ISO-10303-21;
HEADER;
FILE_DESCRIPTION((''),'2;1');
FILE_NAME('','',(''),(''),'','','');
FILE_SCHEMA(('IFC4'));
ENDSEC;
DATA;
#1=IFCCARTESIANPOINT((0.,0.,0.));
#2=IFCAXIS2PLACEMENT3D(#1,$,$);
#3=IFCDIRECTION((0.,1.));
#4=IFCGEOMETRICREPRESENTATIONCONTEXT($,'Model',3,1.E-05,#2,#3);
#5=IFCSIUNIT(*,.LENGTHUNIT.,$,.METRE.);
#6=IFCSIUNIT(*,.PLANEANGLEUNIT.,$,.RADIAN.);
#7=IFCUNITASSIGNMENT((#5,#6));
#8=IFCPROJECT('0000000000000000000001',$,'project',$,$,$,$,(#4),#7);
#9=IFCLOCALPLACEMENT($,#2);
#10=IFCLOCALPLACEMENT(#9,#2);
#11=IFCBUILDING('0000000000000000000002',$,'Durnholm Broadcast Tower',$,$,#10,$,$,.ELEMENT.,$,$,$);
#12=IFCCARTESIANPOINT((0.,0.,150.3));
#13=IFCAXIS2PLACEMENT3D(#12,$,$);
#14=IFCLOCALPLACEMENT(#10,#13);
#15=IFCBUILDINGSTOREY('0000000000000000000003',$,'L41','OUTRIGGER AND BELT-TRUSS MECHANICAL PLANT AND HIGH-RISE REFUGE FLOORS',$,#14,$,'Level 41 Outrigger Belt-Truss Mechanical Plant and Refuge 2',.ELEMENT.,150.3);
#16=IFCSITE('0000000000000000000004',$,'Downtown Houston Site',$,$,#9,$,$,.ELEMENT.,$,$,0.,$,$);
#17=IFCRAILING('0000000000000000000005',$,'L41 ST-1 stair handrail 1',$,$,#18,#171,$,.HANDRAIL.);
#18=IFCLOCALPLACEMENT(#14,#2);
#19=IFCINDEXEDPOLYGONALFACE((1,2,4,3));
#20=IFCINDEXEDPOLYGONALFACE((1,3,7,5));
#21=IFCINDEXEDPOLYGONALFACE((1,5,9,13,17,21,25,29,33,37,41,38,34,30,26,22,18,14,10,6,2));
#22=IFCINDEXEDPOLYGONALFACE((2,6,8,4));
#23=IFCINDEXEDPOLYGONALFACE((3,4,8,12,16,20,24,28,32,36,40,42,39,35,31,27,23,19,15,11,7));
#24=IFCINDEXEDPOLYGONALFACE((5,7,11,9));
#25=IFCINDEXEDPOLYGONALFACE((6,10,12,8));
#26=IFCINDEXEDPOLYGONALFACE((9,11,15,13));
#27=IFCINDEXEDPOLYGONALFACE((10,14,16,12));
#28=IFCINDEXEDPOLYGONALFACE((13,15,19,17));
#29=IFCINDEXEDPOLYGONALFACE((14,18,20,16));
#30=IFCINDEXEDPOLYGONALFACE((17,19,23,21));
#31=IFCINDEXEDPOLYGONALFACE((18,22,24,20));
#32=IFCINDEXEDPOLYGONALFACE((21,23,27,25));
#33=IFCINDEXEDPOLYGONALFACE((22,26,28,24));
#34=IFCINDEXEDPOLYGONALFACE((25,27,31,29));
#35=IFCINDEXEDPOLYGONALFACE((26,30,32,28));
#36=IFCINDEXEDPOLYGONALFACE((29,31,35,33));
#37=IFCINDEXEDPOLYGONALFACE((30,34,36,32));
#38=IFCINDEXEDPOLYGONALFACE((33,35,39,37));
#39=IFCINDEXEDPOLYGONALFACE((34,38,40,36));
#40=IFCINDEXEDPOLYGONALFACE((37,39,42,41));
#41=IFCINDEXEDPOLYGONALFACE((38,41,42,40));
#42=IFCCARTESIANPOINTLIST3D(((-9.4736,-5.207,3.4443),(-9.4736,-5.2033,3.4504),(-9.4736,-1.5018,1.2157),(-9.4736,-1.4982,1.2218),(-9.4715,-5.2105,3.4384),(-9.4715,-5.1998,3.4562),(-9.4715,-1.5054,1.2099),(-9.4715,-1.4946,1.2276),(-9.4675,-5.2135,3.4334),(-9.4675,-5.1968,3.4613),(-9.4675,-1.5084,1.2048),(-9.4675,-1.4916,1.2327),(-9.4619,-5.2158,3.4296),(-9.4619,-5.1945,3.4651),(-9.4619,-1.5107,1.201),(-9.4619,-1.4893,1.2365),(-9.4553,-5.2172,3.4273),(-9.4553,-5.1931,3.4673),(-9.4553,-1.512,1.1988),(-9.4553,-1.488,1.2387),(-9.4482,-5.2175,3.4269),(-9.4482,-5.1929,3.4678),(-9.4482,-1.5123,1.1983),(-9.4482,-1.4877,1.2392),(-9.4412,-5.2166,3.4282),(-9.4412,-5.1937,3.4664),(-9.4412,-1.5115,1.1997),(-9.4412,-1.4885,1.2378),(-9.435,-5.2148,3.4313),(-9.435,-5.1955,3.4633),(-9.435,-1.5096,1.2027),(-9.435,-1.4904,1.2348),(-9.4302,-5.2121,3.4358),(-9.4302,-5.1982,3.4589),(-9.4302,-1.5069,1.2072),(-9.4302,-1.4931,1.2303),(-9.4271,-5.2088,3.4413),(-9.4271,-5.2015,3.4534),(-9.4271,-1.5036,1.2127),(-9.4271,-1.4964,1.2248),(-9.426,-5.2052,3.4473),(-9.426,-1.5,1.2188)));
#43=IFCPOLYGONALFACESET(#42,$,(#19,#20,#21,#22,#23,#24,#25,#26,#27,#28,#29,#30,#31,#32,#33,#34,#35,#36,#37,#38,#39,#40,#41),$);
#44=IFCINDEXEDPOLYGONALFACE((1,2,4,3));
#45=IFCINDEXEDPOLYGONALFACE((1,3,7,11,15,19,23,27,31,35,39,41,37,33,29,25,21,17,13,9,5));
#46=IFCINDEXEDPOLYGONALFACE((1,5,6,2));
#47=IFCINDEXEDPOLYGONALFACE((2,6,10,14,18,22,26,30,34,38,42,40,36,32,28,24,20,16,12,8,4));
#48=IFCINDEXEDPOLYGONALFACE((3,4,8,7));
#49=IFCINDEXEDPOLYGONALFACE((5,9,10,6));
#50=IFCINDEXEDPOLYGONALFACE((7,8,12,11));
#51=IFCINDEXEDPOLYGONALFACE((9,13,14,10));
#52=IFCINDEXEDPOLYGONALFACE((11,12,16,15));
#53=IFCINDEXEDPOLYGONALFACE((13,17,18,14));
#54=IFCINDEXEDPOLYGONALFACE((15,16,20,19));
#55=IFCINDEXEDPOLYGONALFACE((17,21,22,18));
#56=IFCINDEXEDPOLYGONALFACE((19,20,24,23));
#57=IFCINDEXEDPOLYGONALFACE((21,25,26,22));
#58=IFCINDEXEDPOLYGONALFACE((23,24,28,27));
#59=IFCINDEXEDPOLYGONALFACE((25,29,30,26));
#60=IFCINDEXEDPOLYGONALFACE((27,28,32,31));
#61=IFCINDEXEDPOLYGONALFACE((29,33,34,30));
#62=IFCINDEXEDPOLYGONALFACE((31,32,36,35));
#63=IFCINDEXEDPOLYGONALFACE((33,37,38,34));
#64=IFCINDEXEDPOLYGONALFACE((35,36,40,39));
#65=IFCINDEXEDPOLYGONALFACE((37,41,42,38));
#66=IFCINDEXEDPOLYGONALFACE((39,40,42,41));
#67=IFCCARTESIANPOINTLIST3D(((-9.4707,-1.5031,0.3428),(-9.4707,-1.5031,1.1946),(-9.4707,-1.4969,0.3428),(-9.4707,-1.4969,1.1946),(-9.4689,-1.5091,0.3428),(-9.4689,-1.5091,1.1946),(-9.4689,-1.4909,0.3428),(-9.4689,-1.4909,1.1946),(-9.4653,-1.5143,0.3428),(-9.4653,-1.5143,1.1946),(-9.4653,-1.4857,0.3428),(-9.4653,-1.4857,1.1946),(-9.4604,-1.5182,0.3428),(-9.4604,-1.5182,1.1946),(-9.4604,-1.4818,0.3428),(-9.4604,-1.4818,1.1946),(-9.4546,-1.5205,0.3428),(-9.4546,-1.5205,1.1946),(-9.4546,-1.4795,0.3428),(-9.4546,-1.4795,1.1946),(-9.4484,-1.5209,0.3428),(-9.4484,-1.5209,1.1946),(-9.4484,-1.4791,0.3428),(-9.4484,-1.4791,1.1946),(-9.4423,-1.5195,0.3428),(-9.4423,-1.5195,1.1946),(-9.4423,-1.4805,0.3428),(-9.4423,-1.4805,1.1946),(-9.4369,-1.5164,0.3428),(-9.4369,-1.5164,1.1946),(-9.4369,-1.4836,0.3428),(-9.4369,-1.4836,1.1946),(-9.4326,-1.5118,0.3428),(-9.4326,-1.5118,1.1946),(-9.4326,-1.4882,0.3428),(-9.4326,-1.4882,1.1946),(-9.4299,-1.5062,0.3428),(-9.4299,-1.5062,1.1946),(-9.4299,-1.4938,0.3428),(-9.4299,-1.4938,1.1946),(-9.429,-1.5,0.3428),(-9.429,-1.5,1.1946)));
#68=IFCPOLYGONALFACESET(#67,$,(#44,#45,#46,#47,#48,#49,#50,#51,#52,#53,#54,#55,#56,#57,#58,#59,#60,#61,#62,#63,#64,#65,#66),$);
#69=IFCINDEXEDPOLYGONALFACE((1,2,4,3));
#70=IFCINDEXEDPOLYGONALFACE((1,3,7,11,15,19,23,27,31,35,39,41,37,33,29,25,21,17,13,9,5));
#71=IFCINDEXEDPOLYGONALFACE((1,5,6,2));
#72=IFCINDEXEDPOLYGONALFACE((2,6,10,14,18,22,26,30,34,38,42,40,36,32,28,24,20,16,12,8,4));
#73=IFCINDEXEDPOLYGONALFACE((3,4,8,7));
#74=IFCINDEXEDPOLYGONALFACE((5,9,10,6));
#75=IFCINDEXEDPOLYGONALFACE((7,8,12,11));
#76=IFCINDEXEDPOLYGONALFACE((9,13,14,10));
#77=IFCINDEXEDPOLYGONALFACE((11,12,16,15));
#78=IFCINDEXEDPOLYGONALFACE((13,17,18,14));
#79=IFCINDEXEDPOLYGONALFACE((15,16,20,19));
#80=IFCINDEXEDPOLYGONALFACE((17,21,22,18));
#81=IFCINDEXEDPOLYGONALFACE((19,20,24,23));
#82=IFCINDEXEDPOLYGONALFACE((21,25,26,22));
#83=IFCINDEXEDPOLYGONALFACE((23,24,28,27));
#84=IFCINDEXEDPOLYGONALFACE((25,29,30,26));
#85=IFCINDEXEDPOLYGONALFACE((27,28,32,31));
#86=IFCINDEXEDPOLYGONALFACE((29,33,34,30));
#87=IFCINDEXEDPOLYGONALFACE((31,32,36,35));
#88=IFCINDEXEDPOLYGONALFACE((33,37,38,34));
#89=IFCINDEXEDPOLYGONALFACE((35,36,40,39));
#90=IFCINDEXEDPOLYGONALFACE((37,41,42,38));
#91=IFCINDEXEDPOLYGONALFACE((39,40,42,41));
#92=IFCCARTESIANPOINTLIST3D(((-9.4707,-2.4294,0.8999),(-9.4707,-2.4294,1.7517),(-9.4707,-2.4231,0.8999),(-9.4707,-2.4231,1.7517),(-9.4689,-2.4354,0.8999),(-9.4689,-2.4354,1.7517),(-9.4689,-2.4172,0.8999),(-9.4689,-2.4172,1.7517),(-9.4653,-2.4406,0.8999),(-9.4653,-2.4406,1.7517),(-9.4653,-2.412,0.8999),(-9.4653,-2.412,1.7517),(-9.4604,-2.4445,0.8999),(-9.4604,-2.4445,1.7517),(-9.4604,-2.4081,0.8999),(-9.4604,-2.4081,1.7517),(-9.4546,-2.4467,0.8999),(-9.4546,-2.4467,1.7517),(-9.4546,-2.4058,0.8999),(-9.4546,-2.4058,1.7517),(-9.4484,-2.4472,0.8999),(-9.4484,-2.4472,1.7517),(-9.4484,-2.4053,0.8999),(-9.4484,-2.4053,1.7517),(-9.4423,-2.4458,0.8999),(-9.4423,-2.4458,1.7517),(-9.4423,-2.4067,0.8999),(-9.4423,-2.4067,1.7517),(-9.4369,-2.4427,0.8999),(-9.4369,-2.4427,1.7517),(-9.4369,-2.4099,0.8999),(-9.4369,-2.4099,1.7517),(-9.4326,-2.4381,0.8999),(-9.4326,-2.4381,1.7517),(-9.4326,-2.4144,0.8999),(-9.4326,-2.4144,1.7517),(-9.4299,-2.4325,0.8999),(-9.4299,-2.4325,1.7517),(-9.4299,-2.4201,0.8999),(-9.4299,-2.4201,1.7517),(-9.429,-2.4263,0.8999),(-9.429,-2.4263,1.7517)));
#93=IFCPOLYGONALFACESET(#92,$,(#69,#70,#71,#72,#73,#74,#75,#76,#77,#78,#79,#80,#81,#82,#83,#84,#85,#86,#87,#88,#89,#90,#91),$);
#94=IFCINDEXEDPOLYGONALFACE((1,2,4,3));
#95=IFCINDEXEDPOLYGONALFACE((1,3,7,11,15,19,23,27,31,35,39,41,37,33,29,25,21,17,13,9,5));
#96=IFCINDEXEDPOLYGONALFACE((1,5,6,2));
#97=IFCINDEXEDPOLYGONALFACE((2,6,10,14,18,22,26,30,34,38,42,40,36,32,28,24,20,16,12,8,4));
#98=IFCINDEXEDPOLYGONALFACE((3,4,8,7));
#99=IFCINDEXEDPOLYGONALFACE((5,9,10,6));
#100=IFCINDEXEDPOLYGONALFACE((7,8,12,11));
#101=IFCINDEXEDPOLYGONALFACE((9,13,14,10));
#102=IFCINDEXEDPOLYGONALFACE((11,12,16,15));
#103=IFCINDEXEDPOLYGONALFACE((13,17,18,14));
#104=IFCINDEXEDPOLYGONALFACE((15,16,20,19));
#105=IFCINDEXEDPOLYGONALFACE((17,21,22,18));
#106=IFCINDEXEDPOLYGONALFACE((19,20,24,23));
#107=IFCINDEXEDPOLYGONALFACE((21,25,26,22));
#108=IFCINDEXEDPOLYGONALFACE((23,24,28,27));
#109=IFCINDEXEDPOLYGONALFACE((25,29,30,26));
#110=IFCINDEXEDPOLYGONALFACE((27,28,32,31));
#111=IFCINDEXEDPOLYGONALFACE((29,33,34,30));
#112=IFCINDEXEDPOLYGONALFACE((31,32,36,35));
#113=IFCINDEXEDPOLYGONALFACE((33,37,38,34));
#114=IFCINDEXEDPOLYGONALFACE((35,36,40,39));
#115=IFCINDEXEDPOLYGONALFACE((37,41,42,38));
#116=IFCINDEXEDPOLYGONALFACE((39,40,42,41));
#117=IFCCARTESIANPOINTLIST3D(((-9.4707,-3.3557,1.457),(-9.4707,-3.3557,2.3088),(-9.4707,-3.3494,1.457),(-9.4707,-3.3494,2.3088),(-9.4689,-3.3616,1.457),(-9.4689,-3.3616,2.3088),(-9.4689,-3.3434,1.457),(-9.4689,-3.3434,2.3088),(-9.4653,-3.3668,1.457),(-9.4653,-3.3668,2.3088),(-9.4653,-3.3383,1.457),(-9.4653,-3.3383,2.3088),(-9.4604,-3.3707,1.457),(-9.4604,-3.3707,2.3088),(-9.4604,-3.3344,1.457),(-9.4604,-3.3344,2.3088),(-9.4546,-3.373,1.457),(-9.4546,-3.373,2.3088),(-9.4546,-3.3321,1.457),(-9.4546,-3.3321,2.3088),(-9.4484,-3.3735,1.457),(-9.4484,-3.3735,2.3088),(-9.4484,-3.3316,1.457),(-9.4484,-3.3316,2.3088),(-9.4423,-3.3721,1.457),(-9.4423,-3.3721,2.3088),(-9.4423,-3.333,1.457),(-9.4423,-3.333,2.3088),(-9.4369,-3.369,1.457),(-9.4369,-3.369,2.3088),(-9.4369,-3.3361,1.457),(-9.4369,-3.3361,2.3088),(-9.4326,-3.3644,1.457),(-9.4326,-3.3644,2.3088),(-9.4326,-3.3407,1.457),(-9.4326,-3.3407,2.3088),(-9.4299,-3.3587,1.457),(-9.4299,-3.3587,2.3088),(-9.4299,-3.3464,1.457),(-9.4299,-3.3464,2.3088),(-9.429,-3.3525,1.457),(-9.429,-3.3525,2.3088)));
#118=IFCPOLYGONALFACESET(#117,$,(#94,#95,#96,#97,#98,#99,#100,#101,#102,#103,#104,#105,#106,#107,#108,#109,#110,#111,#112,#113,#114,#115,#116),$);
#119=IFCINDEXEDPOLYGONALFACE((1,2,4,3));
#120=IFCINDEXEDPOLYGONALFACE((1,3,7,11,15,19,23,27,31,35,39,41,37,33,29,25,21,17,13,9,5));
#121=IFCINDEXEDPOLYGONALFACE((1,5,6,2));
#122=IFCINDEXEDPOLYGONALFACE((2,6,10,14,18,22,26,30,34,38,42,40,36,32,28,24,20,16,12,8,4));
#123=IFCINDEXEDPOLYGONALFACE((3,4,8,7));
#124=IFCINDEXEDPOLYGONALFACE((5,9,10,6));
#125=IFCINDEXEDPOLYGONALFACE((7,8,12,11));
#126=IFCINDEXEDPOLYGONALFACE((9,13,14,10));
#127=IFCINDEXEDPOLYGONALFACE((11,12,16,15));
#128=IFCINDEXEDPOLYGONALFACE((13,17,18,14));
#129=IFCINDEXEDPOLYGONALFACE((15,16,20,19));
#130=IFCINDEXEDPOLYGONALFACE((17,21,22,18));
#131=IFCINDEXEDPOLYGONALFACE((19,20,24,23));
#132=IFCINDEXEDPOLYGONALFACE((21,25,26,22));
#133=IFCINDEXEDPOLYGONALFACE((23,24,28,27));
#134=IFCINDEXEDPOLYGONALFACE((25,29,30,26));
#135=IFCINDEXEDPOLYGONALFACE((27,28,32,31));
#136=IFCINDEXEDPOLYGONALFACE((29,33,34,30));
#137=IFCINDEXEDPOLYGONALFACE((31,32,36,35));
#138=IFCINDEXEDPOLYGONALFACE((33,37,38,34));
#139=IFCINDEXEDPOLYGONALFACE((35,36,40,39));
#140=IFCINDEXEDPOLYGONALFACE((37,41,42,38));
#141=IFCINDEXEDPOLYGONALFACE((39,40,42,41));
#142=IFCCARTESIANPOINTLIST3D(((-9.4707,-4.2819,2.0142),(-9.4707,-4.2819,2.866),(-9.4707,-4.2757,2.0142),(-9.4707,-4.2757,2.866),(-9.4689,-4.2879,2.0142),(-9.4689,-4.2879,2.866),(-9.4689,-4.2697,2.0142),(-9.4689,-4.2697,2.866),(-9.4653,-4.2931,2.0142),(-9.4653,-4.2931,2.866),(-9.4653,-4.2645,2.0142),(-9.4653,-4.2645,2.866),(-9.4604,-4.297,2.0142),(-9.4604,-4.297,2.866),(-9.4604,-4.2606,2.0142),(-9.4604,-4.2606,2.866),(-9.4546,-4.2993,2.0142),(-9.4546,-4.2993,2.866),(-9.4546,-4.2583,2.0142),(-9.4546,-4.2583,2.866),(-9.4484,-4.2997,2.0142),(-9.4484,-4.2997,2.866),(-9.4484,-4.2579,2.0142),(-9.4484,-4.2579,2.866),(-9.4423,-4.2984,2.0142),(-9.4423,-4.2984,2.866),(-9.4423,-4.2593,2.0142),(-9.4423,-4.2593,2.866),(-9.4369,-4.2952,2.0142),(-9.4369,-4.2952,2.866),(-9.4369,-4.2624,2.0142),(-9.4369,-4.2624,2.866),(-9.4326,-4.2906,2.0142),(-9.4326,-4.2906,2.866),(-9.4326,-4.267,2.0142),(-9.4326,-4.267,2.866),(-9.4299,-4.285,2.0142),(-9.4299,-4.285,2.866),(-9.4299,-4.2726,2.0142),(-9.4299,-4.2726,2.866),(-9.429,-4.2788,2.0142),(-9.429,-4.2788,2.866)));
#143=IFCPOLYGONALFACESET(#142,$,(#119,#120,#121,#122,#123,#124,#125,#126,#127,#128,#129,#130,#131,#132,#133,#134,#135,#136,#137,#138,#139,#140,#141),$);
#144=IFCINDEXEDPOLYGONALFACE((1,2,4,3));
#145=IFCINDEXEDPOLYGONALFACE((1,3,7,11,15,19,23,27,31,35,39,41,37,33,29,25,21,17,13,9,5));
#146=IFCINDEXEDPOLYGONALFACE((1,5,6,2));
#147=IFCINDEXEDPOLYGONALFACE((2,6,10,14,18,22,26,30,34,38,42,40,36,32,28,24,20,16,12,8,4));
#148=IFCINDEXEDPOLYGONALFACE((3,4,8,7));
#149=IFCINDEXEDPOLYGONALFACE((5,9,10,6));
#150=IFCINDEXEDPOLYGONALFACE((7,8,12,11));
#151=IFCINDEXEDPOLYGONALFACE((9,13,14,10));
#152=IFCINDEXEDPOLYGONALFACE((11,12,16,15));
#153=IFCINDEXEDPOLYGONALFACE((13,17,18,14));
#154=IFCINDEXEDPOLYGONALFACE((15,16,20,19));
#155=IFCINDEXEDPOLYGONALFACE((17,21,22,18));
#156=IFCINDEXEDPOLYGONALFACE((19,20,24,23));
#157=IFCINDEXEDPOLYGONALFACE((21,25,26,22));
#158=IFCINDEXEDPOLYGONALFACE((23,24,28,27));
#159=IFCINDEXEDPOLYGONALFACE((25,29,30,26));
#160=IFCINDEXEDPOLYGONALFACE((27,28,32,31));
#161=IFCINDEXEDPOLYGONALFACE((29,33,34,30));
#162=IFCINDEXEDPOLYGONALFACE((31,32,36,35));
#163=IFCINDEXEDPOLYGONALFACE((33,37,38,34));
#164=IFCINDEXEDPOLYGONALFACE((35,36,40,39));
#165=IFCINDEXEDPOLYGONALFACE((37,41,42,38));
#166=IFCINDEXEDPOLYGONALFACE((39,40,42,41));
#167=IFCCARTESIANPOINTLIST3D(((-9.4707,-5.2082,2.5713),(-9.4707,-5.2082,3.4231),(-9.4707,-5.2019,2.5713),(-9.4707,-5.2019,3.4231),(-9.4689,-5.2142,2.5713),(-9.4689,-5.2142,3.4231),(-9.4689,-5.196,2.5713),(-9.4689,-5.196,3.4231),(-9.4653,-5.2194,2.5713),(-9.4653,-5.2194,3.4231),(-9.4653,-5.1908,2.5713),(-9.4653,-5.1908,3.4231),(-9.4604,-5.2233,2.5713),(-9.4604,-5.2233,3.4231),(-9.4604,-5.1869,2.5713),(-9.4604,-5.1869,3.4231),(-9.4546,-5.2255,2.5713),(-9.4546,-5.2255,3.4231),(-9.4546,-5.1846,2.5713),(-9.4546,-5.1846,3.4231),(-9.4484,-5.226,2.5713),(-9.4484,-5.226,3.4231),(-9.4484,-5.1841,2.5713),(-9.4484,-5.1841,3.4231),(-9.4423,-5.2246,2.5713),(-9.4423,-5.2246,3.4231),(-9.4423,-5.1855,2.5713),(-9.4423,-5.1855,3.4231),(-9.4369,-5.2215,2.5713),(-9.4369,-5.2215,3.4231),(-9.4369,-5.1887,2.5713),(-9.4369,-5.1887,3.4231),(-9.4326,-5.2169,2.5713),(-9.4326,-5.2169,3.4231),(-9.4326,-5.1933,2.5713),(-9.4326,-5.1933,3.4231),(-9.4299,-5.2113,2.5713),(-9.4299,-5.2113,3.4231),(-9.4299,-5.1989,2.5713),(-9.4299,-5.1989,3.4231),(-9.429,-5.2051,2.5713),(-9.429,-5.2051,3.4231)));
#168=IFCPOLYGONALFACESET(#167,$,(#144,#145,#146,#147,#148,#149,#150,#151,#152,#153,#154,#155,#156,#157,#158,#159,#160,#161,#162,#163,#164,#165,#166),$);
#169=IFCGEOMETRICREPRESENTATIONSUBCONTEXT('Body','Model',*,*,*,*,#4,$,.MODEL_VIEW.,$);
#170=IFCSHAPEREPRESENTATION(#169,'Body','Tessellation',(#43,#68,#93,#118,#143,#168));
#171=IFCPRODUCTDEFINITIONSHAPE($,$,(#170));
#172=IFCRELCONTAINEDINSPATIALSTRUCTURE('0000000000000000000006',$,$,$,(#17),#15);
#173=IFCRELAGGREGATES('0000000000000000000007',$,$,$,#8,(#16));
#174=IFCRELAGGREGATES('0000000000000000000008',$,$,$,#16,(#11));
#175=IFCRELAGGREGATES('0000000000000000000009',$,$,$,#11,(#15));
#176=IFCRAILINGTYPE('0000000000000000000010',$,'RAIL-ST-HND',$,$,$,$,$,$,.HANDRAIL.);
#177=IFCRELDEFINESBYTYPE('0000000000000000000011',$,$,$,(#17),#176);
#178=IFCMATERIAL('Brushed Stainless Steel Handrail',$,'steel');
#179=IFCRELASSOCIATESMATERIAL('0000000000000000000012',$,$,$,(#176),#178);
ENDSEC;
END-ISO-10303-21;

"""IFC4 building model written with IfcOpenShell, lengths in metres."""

from ifc_helpers import new_model, si_unit, direction, frame, origin, origin_2d, place, context, subcontext, project, spatial, circle, extrude, material, type_object, element, save


model = new_model("IFC4")

# Units and contexts
model_context = context("Model", 3, precision=1e-05, world=origin(), true_north=direction((0.0, 1.0)))
body_context = subcontext(model_context, "Body", "Model", "MODEL_VIEW")
ifc_project = project(units=[si_unit("LENGTHUNIT", "METRE"), si_unit("PLANEANGLEUNIT", "RADIAN")], contexts=[model_context])

# Site, building, storey
site_placement = place(None, origin())
site = spatial("IfcSite", under=ifc_project, at=site_placement, Name="Downtown Houston Site", CompositionType="ELEMENT", RefElevation=0.0)
building_placement = place(site_placement, origin())
building = spatial("IfcBuilding", under=site, at=building_placement, Name="Durnholm Broadcast Tower", CompositionType="ELEMENT")
storey_placement = place(building_placement, frame((0.0, 0.0, 150.3)))
storey = spatial("IfcBuildingStorey", under=building, at=storey_placement, Name="L41", Description="OUTRIGGER AND BELT-TRUSS MECHANICAL PLANT AND HIGH-RISE REFUGE FLOORS", LongName="Level 41 Outrigger Belt-Truss Mechanical Plant and Refuge 2", CompositionType="ELEMENT", Elevation=150.3)

# Railing
ifc_material_1 = material(Name="Brushed Stainless Steel Handrail", Category="steel")
railing_type = type_object("IfcRailingType", Name="RAIL-ST-HND", PredefinedType="HANDRAIL", material=ifc_material_1)
railing_placement = place(storey_placement, frame((-9.45, -1.5, 0.3428)))
element("IfcRailing", 1, at=railing_placement, inside=storey, type_object=railing_type, Name="L41 ST-1 stair handrail 1", PredefinedType="HANDRAIL", context=body_context, shape_type="SweptSolid", body=[
    extrude(circle(Radius=0.0239, at=origin_2d()), frame((0.0, 0.0, 0.876), z_axis=(0.0, -0.856934, 0.515425), x_axis=(1.0, 0.0, 0.0)), (0.0, 0.0, 1.0), 4.3237),
    extrude(circle(Radius=0.021, at=origin_2d()), origin(), (0.0, 0.0, 1.0), 0.8518),
    extrude(circle(Radius=0.021, at=origin_2d()), frame((0.0, -0.9263, 0.5571)), (0.0, 0.0, 1.0), 0.8518),
    extrude(circle(Radius=0.021, at=origin_2d()), frame((0.0, -1.8525, 1.1143)), (0.0, 0.0, 1.0), 0.8518),
    extrude(circle(Radius=0.021, at=origin_2d()), frame((0.0, -2.7788, 1.6714)), (0.0, 0.0, 1.0), 0.8518),
    extrude(circle(Radius=0.021, at=origin_2d()), frame((0.0, -3.7051, 2.2285)), (0.0, 0.0, 1.0), 0.8518),
])

save(model, "model.ifc")
